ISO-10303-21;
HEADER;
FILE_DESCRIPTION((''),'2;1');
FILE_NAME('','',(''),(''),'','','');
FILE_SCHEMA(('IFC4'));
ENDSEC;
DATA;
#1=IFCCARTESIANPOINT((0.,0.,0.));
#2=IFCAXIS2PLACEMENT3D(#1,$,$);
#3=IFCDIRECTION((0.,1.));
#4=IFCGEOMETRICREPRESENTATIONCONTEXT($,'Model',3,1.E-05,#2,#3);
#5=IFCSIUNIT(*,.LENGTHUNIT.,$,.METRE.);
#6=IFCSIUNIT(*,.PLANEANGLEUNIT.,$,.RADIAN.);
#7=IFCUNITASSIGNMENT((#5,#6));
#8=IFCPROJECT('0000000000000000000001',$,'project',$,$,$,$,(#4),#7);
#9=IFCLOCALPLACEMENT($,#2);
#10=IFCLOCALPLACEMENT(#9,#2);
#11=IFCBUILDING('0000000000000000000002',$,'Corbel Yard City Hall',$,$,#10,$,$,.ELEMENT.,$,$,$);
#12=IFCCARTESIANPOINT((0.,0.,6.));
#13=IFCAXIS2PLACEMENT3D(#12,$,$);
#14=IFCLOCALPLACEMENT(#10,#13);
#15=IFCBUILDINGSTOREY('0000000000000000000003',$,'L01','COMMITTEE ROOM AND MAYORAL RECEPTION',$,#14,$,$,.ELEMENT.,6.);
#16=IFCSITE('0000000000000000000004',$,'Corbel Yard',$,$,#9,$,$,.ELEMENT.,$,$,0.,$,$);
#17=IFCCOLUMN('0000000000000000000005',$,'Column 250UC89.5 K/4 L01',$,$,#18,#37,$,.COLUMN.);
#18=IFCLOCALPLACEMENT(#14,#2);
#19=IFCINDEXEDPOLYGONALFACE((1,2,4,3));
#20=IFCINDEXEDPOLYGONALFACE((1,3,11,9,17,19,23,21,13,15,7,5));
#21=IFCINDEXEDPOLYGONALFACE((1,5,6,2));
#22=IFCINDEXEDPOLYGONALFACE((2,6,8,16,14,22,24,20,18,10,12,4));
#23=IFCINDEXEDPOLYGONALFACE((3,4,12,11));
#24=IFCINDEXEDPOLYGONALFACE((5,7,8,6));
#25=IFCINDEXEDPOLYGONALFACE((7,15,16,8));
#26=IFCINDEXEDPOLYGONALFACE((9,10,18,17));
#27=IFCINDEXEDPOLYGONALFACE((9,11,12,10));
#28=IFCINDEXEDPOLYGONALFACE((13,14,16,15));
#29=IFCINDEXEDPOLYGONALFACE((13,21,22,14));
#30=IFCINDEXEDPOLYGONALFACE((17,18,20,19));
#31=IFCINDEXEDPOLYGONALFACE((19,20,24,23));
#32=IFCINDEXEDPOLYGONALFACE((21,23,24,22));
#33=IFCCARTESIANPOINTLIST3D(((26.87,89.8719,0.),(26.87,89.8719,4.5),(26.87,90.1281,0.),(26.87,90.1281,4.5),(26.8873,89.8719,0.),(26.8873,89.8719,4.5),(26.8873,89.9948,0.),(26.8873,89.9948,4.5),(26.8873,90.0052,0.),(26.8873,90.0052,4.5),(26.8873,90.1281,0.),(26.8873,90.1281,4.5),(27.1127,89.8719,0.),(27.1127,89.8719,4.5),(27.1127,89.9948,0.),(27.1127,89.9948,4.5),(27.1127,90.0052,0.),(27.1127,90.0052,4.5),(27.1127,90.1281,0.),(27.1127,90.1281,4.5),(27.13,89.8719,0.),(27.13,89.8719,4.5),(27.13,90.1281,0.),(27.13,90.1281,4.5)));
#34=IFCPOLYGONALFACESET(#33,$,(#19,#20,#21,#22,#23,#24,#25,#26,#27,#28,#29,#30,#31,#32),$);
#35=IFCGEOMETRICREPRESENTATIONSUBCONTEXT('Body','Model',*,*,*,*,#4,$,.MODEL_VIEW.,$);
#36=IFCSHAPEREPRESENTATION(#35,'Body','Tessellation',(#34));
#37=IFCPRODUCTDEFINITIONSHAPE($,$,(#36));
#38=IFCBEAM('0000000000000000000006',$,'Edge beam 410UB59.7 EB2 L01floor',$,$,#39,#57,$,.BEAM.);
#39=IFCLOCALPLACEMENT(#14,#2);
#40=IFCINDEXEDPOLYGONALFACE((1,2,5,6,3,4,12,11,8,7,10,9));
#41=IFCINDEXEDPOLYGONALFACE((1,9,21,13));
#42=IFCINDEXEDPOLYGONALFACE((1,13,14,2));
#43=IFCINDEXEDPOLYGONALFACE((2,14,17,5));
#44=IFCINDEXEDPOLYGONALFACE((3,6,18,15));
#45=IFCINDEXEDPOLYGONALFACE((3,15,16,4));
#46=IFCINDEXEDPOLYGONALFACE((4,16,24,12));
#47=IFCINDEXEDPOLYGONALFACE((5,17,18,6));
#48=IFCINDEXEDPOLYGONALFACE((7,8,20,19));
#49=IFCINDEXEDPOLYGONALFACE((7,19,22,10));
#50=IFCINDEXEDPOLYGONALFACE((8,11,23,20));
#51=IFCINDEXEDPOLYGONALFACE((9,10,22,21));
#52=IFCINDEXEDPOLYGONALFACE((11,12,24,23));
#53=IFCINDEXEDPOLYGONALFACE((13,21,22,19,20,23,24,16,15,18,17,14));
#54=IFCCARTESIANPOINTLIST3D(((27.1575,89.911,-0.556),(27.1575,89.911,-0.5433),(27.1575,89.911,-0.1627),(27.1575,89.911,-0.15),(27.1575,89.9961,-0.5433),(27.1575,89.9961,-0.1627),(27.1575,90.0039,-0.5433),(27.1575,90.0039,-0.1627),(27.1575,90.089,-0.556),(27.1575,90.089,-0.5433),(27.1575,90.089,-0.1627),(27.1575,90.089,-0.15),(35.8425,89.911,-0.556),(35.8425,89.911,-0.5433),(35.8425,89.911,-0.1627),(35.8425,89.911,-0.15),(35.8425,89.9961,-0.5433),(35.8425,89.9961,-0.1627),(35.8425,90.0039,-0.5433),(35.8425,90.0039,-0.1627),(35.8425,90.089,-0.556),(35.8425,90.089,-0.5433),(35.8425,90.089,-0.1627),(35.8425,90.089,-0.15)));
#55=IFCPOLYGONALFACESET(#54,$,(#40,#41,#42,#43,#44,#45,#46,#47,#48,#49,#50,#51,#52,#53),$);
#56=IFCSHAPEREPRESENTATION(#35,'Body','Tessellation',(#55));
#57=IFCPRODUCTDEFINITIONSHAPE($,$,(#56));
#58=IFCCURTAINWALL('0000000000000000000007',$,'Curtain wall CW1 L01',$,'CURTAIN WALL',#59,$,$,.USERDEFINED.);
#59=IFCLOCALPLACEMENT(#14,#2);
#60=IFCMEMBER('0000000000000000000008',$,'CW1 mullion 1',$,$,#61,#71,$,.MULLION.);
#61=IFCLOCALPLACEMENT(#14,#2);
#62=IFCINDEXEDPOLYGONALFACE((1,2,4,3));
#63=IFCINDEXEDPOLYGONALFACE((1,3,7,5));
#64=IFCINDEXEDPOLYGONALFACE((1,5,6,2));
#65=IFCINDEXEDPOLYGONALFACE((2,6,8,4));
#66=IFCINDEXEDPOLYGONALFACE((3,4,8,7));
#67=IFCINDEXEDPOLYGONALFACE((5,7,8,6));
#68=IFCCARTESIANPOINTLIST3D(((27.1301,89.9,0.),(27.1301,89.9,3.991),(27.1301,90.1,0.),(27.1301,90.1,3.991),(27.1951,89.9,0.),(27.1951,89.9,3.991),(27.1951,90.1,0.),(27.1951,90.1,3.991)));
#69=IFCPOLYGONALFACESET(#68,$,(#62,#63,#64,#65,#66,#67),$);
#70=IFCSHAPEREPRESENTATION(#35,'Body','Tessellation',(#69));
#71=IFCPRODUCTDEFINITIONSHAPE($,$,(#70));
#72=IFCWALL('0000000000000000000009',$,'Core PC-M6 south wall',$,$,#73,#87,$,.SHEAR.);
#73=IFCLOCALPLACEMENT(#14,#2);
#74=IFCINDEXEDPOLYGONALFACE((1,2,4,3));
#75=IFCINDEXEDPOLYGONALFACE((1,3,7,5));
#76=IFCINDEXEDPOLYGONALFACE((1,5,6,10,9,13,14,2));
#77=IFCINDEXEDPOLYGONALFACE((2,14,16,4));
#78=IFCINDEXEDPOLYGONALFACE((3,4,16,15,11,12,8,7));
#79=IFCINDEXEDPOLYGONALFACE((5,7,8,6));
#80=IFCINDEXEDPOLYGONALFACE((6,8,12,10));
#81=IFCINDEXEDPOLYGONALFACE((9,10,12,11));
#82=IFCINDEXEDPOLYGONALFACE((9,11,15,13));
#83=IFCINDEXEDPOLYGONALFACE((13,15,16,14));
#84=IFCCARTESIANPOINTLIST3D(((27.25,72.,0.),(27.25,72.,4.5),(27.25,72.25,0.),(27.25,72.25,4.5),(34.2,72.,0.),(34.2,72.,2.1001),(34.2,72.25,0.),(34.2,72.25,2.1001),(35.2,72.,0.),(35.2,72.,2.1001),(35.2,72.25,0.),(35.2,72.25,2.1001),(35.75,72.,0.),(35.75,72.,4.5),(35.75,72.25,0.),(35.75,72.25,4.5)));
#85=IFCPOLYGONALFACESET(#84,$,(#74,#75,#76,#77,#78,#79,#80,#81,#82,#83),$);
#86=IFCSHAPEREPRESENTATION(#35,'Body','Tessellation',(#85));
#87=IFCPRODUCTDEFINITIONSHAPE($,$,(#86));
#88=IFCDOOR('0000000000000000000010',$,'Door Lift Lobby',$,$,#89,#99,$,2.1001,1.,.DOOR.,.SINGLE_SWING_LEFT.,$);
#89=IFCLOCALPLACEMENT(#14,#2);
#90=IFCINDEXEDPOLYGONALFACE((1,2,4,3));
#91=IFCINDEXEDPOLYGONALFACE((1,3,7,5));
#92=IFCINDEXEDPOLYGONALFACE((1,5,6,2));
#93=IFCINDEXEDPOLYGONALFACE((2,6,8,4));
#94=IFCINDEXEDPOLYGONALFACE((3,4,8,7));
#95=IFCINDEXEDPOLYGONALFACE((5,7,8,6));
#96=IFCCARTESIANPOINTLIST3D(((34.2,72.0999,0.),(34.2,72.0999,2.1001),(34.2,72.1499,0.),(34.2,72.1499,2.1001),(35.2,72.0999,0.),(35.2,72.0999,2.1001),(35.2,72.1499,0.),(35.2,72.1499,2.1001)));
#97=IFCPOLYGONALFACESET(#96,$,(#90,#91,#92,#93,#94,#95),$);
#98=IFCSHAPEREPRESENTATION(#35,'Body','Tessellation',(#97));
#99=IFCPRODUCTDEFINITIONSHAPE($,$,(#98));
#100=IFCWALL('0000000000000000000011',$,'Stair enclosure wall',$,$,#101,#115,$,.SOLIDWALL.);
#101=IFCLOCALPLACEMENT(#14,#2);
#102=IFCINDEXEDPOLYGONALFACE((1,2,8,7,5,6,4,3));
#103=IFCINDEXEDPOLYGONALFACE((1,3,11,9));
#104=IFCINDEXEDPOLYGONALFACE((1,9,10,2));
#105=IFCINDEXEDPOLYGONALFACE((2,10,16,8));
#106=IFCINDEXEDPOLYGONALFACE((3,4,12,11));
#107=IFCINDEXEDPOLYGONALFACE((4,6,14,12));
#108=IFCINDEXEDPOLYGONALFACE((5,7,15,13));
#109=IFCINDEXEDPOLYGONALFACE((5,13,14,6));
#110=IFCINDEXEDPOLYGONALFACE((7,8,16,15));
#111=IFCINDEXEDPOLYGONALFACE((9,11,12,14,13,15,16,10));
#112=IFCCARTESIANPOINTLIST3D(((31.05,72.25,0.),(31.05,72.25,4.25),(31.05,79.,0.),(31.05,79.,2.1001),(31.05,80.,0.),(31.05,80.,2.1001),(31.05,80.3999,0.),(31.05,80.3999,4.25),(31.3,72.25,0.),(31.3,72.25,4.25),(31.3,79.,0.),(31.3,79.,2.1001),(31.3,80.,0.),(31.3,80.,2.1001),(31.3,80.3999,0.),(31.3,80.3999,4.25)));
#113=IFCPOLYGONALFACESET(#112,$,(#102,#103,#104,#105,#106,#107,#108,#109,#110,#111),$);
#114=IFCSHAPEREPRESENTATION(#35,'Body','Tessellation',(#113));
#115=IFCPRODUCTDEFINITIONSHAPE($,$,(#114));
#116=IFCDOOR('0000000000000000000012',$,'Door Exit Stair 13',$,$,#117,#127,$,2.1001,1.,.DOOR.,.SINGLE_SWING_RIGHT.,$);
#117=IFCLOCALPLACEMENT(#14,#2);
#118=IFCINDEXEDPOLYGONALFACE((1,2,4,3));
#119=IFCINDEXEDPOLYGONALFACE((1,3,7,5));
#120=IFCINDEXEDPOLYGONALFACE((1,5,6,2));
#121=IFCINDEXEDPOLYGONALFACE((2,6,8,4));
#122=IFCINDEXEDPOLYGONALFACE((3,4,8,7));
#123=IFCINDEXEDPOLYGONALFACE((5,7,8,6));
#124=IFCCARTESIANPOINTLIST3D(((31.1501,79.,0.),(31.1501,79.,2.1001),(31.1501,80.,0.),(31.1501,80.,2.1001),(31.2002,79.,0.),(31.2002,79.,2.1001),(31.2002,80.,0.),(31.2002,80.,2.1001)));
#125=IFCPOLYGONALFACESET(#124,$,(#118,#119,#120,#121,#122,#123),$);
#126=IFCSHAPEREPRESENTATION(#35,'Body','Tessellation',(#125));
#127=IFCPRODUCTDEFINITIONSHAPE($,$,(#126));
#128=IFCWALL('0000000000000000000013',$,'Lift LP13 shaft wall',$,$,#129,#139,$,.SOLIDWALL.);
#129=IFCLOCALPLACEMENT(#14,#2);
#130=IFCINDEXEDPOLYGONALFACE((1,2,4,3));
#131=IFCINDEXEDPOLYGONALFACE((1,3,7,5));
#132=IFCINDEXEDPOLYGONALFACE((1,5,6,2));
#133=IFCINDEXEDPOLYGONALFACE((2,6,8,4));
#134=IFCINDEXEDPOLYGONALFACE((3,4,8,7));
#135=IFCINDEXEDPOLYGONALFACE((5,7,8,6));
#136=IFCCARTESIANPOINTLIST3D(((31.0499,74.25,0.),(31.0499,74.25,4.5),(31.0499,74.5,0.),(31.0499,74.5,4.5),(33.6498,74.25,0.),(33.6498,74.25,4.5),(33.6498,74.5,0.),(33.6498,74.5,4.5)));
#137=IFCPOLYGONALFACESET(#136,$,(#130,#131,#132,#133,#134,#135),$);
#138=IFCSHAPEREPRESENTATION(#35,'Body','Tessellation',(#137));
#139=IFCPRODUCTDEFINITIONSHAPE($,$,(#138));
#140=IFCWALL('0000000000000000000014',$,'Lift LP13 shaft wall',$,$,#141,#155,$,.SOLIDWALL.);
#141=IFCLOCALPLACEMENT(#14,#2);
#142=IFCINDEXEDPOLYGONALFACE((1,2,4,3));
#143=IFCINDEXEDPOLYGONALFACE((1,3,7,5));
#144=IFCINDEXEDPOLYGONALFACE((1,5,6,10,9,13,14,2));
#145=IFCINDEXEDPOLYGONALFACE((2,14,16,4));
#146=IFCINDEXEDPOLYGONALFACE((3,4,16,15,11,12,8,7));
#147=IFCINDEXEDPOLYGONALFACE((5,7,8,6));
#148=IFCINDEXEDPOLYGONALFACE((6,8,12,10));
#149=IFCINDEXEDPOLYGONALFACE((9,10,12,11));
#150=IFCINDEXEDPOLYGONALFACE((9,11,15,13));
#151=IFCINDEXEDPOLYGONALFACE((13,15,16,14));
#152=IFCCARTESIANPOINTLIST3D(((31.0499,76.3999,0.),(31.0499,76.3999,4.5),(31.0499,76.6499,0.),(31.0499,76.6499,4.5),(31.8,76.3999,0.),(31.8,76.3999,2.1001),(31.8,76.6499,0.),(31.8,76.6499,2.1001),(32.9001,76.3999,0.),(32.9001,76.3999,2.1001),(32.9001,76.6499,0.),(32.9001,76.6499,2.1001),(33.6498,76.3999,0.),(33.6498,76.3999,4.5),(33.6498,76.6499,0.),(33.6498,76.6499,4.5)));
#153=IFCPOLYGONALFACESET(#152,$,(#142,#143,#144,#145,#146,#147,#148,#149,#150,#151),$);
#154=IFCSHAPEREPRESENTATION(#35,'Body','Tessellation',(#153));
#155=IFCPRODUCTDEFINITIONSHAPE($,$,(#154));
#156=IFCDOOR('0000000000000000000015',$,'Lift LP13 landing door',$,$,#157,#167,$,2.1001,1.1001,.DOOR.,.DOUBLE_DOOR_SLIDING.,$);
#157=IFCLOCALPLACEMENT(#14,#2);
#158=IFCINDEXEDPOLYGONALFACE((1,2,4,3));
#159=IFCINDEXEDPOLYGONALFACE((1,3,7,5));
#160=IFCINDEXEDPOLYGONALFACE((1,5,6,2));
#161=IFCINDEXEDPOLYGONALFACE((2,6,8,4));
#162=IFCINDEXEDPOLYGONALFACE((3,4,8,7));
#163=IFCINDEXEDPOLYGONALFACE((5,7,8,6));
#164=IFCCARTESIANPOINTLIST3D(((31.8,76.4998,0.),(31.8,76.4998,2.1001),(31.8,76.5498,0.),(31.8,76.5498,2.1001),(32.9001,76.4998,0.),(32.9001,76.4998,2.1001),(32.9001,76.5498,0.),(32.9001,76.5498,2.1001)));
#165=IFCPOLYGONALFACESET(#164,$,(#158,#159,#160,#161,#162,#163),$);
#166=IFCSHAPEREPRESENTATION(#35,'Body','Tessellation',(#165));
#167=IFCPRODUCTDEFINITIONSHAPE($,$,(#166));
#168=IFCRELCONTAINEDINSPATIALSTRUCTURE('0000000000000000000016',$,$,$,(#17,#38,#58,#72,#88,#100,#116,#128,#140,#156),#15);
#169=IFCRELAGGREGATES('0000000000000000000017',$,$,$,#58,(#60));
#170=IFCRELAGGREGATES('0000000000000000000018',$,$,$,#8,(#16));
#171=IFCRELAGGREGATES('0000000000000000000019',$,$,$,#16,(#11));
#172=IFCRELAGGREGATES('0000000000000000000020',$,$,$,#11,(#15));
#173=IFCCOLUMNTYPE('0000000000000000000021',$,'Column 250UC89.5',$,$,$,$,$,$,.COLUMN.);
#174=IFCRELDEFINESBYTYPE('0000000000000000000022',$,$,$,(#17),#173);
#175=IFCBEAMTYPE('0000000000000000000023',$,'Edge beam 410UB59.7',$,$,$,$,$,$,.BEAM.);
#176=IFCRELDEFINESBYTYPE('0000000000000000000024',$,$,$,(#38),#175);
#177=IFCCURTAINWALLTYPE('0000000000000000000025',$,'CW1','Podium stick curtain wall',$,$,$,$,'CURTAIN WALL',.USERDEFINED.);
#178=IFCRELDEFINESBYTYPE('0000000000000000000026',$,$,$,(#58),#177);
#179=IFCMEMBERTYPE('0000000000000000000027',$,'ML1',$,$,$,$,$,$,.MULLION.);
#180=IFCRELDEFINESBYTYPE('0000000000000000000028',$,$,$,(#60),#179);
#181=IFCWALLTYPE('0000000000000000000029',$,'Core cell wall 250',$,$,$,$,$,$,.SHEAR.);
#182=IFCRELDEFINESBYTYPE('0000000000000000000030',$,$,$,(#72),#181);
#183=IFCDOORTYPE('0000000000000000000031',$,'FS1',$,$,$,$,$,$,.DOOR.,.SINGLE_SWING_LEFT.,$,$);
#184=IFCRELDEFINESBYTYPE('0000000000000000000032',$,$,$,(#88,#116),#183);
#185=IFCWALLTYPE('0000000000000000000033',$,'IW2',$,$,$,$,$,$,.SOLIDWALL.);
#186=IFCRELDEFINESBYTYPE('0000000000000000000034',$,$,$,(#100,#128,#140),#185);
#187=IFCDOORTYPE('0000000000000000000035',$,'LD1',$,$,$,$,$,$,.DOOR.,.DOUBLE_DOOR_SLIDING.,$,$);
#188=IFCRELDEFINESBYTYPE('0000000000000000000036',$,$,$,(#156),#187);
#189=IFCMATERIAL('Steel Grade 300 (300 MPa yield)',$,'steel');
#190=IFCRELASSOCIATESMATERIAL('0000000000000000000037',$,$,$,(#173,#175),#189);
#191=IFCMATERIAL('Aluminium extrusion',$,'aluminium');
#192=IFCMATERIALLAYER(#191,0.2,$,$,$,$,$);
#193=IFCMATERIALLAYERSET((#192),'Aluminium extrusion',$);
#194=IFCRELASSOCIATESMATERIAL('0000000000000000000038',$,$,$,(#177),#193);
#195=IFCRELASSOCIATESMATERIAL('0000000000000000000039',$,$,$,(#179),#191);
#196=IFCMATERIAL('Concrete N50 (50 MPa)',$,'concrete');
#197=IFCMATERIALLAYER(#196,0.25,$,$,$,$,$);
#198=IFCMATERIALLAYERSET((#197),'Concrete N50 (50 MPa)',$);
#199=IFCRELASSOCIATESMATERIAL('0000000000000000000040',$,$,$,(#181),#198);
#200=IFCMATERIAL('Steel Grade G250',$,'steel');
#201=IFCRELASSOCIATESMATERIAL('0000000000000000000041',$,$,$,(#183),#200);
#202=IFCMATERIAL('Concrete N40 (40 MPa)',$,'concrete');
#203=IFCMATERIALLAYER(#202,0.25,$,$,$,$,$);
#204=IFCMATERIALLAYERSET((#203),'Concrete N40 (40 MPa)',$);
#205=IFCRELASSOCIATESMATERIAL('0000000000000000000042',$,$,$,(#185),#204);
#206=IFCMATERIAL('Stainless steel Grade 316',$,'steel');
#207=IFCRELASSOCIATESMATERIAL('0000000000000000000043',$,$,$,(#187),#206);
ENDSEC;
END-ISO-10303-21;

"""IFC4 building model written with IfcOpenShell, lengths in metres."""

from ifc_helpers import new_model, si_unit, direction, frame, frame_2d, origin, origin_2d, place, context, subcontext, project, spatial, rectangle, i_section, extrude, material, layer, layer_set, material_profile, profile_set, type_object, element, fill, aggregate, save


model = new_model("IFC4")

# Units and contexts
model_context = context("Model", 3, precision=1e-05, world=origin(), true_north=direction((0.0, 1.0)))
body_context = subcontext(model_context, "Body", "Model", "MODEL_VIEW")
ifc_project = project(units=[si_unit("LENGTHUNIT", "METRE"), si_unit("PLANEANGLEUNIT", "RADIAN")], contexts=[model_context])

# Site, building, storey
site_placement = place(None, origin())
site = spatial("IfcSite", under=ifc_project, at=site_placement, Name="Corbel Yard", CompositionType="ELEMENT", RefElevation=0.0)
building_placement = place(site_placement, origin())
building = spatial("IfcBuilding", under=site, at=building_placement, Name="Corbel Yard City Hall", CompositionType="ELEMENT")
storey_placement = place(building_placement, frame((0.0, 0.0, 6.0)))
storey = spatial("IfcBuildingStorey", under=building, at=storey_placement, Name="L01", Description="COMMITTEE ROOM AND MAYORAL RECEPTION", CompositionType="ELEMENT", Elevation=6.0)

# Column
ifc_material_1 = material(Name="Steel Grade 300 (300 MPa yield)", Category="steel")
ifc_material_profile_1 = material_profile(ifc_material_1, i_section(OverallWidth=0.2561, OverallDepth=0.26, WebThickness=0.0105, FlangeThickness=0.0173, at=origin_2d()), Name="250UC89.5")
ifc_profile_set_1 = profile_set([ifc_material_profile_1], Name="Steel Grade 300 (300 MPa yield)")
column_type = type_object("IfcColumnType", Name="Column 250UC89.5", PredefinedType="COLUMN", material=ifc_profile_set_1)
column_placement = place(storey_placement, frame((27.0, 90.0, 0.0), z_axis=(0.0, 0.0, 1.0), x_axis=(0.0, 1.0, 0.0)))
element("IfcColumn", 1, at=column_placement, inside=storey, type_object=column_type, Name="Column 250UC89.5 K/4 L01", PredefinedType="COLUMN", context=body_context, shape_type="SweptSolid", body=[
    extrude(i_section(OverallWidth=0.2561, OverallDepth=0.26, WebThickness=0.0105, FlangeThickness=0.0173, at=origin_2d()), origin(), (0.0, 0.0, 1.0), 4.5),
])

# Beam
ifc_material_profile_2 = material_profile(ifc_material_1, i_section(OverallWidth=0.178, OverallDepth=0.406, WebThickness=0.0078, FlangeThickness=0.0127, at=origin_2d()), Name="410UB59.7")
ifc_profile_set_2 = profile_set([ifc_material_profile_2], Name="Steel Grade 300 (300 MPa yield)")
beam_type = type_object("IfcBeamType", Name="Edge beam 410UB59.7", PredefinedType="BEAM", material=ifc_profile_set_2)
beam_placement = place(storey_placement, frame((27.1575, 90.0, -0.353), z_axis=(1.0, 0.0, 0.0), x_axis=(0.0, 1.0, 0.0)))
element("IfcBeam", 2, at=beam_placement, inside=storey, type_object=beam_type, Name="Edge beam 410UB59.7 EB2 L01floor", PredefinedType="BEAM", context=body_context, shape_type="SweptSolid", body=[
    extrude(i_section(OverallWidth=0.178, OverallDepth=0.406, WebThickness=0.0078, FlangeThickness=0.0127, at=origin_2d()), origin(), (0.0, 0.0, 1.0), 8.6851),
])

# Curtain wall, member
ifc_material_2 = material(Name="Aluminium extrusion", Category="aluminium")
ifc_layer_1 = layer(ifc_material_2, 0.2)
ifc_layer_set_1 = layer_set([ifc_layer_1], Name="Aluminium extrusion")
curtain_wall_type = type_object("IfcCurtainWallType", Name="CW1", Description="Podium stick curtain wall", ElementType="CURTAIN WALL", PredefinedType="USERDEFINED", material=ifc_layer_set_1)
curtain_wall_placement = place(storey_placement, origin())
curtain_wall = element("IfcCurtainWall", 3, at=curtain_wall_placement, inside=storey, type_object=curtain_wall_type, Name="Curtain wall CW1 L01", ObjectType="CURTAIN WALL", PredefinedType="USERDEFINED")
ifc_material_profile_3 = material_profile(ifc_material_2, rectangle(XDim=0.2, YDim=0.0649, at=origin_2d()), Name="200x65")
ifc_profile_set_3 = profile_set([ifc_material_profile_3], Name="Aluminium extrusion")
member_type = type_object("IfcMemberType", Name="ML1", PredefinedType="MULLION", material=ifc_profile_set_3)
member_placement = place(storey_placement, frame((27.1626, 90.0, 0.0), z_axis=(0.0, 0.0, 1.0), x_axis=(0.0, 1.0, 0.0)))
member = element("IfcMember", 4, at=member_placement, type_object=member_type, Name="CW1 mullion 1", PredefinedType="MULLION", context=body_context, shape_type="SweptSolid", body=[
    extrude(rectangle(XDim=0.2, YDim=0.0649, at=origin_2d()), origin(), (0.0, 0.0, 1.0), 3.991),
])
aggregate(curtain_wall, [member])

# Walls, openings, doors
ifc_material_3 = material(Name="Concrete N50 (50 MPa)", Category="concrete")
ifc_layer_2 = layer(ifc_material_3, 0.25)
ifc_layer_set_2 = layer_set([ifc_layer_2], Name="Concrete N50 (50 MPa)")
wall_type_1 = type_object("IfcWallType", Name="Core cell wall 250", PredefinedType="SHEAR", material=ifc_layer_set_2)
wall_1_placement = place(storey_placement, frame((27.25, 72.125, 0.0), z_axis=(0.0, 0.0, 1.0), x_axis=(1.0, 0.0, 0.0)))
wall_1 = element("IfcWall", 5, at=wall_1_placement, inside=storey, type_object=wall_type_1, Name="Core PC-M6 south wall", PredefinedType="SHEAR", context=body_context, shape_type="SweptSolid", body=[
    extrude(rectangle(XDim=8.5, YDim=0.25, at=frame_2d((4.25, 0.0))), origin(), (0.0, 0.0, 1.0), 4.5),
])
opening_1_placement = place(wall_1_placement, frame((6.95, 0.0, 0.0)))
opening_1 = element("IfcOpeningElement", 6, at=opening_1_placement, cuts=wall_1, PredefinedType="OPENING", context=body_context, shape_type="SweptSolid", body=[
    extrude(rectangle(XDim=1.0, YDim=2.1001, at=frame_2d((0.5, 1.05))), frame((0.0, 0.135, 0.0), z_axis=(0.0, -1.0, 0.0), x_axis=(1.0, 0.0, 0.0)), (0.0, 0.0, 1.0), 0.27),
])
ifc_material_4 = material(Name="Steel Grade G250", Category="steel")
door_type_1 = type_object("IfcDoorType", Name="FS1", OperationType="SINGLE_SWING_LEFT", PredefinedType="DOOR", material=ifc_material_4)
door_1_placement = place(opening_1_placement, origin())
door_1 = element("IfcDoor", 7, at=door_1_placement, inside=storey, type_object=door_type_1, Name="Door Lift Lobby", OperationType="SINGLE_SWING_LEFT", OverallHeight=2.1001, OverallWidth=1.0, PredefinedType="DOOR", context=body_context, shape_type="SweptSolid", body=[
    extrude(rectangle(XDim=1.0, YDim=2.1001, at=frame_2d((0.5, 1.05))), frame((0.0, 0.0249, 0.0), z_axis=(0.0, -1.0, 0.0), x_axis=(1.0, 0.0, 0.0)), (0.0, 0.0, 1.0), 0.05),
])
fill(opening_1, door_1)
ifc_material_5 = material(Name="Concrete N40 (40 MPa)", Category="concrete")
ifc_layer_3 = layer(ifc_material_5, 0.25)
ifc_layer_set_3 = layer_set([ifc_layer_3], Name="Concrete N40 (40 MPa)")
wall_type_2 = type_object("IfcWallType", Name="IW2", PredefinedType="SOLIDWALL", material=ifc_layer_set_3)
wall_2_placement = place(storey_placement, frame((31.175, 80.3999, 0.0), z_axis=(0.0, 0.0, 1.0), x_axis=(0.0, -1.0, 0.0)))
wall_2 = element("IfcWall", 8, at=wall_2_placement, inside=storey, type_object=wall_type_2, Name="Stair enclosure wall", PredefinedType="SOLIDWALL", context=body_context, shape_type="SweptSolid", body=[
    extrude(rectangle(XDim=8.1499, YDim=0.25, at=frame_2d((4.075, 0.0))), origin(), (0.0, 0.0, 1.0), 4.25),
])
opening_2_placement = place(wall_2_placement, frame((0.3999, 0.0, 0.0)))
opening_2 = element("IfcOpeningElement", 9, at=opening_2_placement, cuts=wall_2, PredefinedType="OPENING", context=body_context, shape_type="SweptSolid", body=[
    extrude(rectangle(XDim=1.0, YDim=2.1001, at=frame_2d((0.5, 1.05))), frame((0.0, 0.135, 0.0), z_axis=(0.0, -1.0, 0.0), x_axis=(1.0, 0.0, 0.0)), (0.0, 0.0, 1.0), 0.27),
])
door_2_placement = place(opening_2_placement, frame((1.0, 0.0, 0.0), z_axis=(0.0, 0.0, 1.0), x_axis=(-1.0, 0.0, 0.0)))
door_2 = element("IfcDoor", 10, at=door_2_placement, inside=storey, type_object=door_type_1, Name="Door Exit Stair 13", OperationType="SINGLE_SWING_RIGHT", OverallHeight=2.1001, OverallWidth=1.0, PredefinedType="DOOR", context=body_context, shape_type="SweptSolid", body=[
    extrude(rectangle(XDim=1.0, YDim=2.1001, at=frame_2d((0.5, 1.05))), frame((0.0, 0.0249, 0.0), z_axis=(0.0, -1.0, 0.0), x_axis=(1.0, 0.0, 0.0)), (0.0, 0.0, 1.0), 0.05),
])
fill(opening_2, door_2)

# Wall
wall_3_placement = place(storey_placement, frame((31.05, 74.375, 0.0), z_axis=(0.0, 0.0, 1.0), x_axis=(1.0, 0.0, 0.0)))
element("IfcWall", 11, at=wall_3_placement, inside=storey, type_object=wall_type_2, Name="Lift LP13 shaft wall", PredefinedType="SOLIDWALL", context=body_context, shape_type="SweptSolid", body=[
    extrude(rectangle(XDim=2.5999, YDim=0.25, at=frame_2d((1.2998, 0.0))), origin(), (0.0, 0.0, 1.0), 4.5),
])

# Wall, opening, door
wall_4_placement = place(storey_placement, frame((31.05, 76.5249, 0.0), z_axis=(0.0, 0.0, 1.0), x_axis=(1.0, 0.0, 0.0)))
wall_4 = element("IfcWall", 12, at=wall_4_placement, inside=storey, type_object=wall_type_2, Name="Lift LP13 shaft wall", PredefinedType="SOLIDWALL", context=body_context, shape_type="SweptSolid", body=[
    extrude(rectangle(XDim=2.5999, YDim=0.25, at=frame_2d((1.2998, 0.0))), origin(), (0.0, 0.0, 1.0), 4.5),
])
opening_3_placement = place(wall_4_placement, frame((0.75, 0.0, 0.0)))
opening_3 = element("IfcOpeningElement", 13, at=opening_3_placement, cuts=wall_4, PredefinedType="OPENING", context=body_context, shape_type="SweptSolid", body=[
    extrude(rectangle(XDim=1.1001, YDim=2.1001, at=frame_2d((0.55, 1.05))), frame((0.0, 0.135, 0.0), z_axis=(0.0, -1.0, 0.0), x_axis=(1.0, 0.0, 0.0)), (0.0, 0.0, 1.0), 0.27),
])
ifc_material_6 = material(Name="Stainless steel Grade 316", Category="steel")
door_type_2 = type_object("IfcDoorType", Name="LD1", OperationType="DOUBLE_DOOR_SLIDING", PredefinedType="DOOR", material=ifc_material_6)
door_3_placement = place(opening_3_placement, origin())
door_3 = element("IfcDoor", 14, at=door_3_placement, inside=storey, type_object=door_type_2, Name="Lift LP13 landing door", OperationType="DOUBLE_DOOR_SLIDING", OverallHeight=2.1001, OverallWidth=1.1001, PredefinedType="DOOR", context=body_context, shape_type="SweptSolid", body=[
    extrude(rectangle(XDim=1.1001, YDim=2.1001, at=frame_2d((0.55, 1.05))), frame((0.0, 0.0249, 0.0), z_axis=(0.0, -1.0, 0.0), x_axis=(1.0, 0.0, 0.0)), (0.0, 0.0, 1.0), 0.05),
])
fill(opening_3, door_3)

save(model, "model.ifc")
